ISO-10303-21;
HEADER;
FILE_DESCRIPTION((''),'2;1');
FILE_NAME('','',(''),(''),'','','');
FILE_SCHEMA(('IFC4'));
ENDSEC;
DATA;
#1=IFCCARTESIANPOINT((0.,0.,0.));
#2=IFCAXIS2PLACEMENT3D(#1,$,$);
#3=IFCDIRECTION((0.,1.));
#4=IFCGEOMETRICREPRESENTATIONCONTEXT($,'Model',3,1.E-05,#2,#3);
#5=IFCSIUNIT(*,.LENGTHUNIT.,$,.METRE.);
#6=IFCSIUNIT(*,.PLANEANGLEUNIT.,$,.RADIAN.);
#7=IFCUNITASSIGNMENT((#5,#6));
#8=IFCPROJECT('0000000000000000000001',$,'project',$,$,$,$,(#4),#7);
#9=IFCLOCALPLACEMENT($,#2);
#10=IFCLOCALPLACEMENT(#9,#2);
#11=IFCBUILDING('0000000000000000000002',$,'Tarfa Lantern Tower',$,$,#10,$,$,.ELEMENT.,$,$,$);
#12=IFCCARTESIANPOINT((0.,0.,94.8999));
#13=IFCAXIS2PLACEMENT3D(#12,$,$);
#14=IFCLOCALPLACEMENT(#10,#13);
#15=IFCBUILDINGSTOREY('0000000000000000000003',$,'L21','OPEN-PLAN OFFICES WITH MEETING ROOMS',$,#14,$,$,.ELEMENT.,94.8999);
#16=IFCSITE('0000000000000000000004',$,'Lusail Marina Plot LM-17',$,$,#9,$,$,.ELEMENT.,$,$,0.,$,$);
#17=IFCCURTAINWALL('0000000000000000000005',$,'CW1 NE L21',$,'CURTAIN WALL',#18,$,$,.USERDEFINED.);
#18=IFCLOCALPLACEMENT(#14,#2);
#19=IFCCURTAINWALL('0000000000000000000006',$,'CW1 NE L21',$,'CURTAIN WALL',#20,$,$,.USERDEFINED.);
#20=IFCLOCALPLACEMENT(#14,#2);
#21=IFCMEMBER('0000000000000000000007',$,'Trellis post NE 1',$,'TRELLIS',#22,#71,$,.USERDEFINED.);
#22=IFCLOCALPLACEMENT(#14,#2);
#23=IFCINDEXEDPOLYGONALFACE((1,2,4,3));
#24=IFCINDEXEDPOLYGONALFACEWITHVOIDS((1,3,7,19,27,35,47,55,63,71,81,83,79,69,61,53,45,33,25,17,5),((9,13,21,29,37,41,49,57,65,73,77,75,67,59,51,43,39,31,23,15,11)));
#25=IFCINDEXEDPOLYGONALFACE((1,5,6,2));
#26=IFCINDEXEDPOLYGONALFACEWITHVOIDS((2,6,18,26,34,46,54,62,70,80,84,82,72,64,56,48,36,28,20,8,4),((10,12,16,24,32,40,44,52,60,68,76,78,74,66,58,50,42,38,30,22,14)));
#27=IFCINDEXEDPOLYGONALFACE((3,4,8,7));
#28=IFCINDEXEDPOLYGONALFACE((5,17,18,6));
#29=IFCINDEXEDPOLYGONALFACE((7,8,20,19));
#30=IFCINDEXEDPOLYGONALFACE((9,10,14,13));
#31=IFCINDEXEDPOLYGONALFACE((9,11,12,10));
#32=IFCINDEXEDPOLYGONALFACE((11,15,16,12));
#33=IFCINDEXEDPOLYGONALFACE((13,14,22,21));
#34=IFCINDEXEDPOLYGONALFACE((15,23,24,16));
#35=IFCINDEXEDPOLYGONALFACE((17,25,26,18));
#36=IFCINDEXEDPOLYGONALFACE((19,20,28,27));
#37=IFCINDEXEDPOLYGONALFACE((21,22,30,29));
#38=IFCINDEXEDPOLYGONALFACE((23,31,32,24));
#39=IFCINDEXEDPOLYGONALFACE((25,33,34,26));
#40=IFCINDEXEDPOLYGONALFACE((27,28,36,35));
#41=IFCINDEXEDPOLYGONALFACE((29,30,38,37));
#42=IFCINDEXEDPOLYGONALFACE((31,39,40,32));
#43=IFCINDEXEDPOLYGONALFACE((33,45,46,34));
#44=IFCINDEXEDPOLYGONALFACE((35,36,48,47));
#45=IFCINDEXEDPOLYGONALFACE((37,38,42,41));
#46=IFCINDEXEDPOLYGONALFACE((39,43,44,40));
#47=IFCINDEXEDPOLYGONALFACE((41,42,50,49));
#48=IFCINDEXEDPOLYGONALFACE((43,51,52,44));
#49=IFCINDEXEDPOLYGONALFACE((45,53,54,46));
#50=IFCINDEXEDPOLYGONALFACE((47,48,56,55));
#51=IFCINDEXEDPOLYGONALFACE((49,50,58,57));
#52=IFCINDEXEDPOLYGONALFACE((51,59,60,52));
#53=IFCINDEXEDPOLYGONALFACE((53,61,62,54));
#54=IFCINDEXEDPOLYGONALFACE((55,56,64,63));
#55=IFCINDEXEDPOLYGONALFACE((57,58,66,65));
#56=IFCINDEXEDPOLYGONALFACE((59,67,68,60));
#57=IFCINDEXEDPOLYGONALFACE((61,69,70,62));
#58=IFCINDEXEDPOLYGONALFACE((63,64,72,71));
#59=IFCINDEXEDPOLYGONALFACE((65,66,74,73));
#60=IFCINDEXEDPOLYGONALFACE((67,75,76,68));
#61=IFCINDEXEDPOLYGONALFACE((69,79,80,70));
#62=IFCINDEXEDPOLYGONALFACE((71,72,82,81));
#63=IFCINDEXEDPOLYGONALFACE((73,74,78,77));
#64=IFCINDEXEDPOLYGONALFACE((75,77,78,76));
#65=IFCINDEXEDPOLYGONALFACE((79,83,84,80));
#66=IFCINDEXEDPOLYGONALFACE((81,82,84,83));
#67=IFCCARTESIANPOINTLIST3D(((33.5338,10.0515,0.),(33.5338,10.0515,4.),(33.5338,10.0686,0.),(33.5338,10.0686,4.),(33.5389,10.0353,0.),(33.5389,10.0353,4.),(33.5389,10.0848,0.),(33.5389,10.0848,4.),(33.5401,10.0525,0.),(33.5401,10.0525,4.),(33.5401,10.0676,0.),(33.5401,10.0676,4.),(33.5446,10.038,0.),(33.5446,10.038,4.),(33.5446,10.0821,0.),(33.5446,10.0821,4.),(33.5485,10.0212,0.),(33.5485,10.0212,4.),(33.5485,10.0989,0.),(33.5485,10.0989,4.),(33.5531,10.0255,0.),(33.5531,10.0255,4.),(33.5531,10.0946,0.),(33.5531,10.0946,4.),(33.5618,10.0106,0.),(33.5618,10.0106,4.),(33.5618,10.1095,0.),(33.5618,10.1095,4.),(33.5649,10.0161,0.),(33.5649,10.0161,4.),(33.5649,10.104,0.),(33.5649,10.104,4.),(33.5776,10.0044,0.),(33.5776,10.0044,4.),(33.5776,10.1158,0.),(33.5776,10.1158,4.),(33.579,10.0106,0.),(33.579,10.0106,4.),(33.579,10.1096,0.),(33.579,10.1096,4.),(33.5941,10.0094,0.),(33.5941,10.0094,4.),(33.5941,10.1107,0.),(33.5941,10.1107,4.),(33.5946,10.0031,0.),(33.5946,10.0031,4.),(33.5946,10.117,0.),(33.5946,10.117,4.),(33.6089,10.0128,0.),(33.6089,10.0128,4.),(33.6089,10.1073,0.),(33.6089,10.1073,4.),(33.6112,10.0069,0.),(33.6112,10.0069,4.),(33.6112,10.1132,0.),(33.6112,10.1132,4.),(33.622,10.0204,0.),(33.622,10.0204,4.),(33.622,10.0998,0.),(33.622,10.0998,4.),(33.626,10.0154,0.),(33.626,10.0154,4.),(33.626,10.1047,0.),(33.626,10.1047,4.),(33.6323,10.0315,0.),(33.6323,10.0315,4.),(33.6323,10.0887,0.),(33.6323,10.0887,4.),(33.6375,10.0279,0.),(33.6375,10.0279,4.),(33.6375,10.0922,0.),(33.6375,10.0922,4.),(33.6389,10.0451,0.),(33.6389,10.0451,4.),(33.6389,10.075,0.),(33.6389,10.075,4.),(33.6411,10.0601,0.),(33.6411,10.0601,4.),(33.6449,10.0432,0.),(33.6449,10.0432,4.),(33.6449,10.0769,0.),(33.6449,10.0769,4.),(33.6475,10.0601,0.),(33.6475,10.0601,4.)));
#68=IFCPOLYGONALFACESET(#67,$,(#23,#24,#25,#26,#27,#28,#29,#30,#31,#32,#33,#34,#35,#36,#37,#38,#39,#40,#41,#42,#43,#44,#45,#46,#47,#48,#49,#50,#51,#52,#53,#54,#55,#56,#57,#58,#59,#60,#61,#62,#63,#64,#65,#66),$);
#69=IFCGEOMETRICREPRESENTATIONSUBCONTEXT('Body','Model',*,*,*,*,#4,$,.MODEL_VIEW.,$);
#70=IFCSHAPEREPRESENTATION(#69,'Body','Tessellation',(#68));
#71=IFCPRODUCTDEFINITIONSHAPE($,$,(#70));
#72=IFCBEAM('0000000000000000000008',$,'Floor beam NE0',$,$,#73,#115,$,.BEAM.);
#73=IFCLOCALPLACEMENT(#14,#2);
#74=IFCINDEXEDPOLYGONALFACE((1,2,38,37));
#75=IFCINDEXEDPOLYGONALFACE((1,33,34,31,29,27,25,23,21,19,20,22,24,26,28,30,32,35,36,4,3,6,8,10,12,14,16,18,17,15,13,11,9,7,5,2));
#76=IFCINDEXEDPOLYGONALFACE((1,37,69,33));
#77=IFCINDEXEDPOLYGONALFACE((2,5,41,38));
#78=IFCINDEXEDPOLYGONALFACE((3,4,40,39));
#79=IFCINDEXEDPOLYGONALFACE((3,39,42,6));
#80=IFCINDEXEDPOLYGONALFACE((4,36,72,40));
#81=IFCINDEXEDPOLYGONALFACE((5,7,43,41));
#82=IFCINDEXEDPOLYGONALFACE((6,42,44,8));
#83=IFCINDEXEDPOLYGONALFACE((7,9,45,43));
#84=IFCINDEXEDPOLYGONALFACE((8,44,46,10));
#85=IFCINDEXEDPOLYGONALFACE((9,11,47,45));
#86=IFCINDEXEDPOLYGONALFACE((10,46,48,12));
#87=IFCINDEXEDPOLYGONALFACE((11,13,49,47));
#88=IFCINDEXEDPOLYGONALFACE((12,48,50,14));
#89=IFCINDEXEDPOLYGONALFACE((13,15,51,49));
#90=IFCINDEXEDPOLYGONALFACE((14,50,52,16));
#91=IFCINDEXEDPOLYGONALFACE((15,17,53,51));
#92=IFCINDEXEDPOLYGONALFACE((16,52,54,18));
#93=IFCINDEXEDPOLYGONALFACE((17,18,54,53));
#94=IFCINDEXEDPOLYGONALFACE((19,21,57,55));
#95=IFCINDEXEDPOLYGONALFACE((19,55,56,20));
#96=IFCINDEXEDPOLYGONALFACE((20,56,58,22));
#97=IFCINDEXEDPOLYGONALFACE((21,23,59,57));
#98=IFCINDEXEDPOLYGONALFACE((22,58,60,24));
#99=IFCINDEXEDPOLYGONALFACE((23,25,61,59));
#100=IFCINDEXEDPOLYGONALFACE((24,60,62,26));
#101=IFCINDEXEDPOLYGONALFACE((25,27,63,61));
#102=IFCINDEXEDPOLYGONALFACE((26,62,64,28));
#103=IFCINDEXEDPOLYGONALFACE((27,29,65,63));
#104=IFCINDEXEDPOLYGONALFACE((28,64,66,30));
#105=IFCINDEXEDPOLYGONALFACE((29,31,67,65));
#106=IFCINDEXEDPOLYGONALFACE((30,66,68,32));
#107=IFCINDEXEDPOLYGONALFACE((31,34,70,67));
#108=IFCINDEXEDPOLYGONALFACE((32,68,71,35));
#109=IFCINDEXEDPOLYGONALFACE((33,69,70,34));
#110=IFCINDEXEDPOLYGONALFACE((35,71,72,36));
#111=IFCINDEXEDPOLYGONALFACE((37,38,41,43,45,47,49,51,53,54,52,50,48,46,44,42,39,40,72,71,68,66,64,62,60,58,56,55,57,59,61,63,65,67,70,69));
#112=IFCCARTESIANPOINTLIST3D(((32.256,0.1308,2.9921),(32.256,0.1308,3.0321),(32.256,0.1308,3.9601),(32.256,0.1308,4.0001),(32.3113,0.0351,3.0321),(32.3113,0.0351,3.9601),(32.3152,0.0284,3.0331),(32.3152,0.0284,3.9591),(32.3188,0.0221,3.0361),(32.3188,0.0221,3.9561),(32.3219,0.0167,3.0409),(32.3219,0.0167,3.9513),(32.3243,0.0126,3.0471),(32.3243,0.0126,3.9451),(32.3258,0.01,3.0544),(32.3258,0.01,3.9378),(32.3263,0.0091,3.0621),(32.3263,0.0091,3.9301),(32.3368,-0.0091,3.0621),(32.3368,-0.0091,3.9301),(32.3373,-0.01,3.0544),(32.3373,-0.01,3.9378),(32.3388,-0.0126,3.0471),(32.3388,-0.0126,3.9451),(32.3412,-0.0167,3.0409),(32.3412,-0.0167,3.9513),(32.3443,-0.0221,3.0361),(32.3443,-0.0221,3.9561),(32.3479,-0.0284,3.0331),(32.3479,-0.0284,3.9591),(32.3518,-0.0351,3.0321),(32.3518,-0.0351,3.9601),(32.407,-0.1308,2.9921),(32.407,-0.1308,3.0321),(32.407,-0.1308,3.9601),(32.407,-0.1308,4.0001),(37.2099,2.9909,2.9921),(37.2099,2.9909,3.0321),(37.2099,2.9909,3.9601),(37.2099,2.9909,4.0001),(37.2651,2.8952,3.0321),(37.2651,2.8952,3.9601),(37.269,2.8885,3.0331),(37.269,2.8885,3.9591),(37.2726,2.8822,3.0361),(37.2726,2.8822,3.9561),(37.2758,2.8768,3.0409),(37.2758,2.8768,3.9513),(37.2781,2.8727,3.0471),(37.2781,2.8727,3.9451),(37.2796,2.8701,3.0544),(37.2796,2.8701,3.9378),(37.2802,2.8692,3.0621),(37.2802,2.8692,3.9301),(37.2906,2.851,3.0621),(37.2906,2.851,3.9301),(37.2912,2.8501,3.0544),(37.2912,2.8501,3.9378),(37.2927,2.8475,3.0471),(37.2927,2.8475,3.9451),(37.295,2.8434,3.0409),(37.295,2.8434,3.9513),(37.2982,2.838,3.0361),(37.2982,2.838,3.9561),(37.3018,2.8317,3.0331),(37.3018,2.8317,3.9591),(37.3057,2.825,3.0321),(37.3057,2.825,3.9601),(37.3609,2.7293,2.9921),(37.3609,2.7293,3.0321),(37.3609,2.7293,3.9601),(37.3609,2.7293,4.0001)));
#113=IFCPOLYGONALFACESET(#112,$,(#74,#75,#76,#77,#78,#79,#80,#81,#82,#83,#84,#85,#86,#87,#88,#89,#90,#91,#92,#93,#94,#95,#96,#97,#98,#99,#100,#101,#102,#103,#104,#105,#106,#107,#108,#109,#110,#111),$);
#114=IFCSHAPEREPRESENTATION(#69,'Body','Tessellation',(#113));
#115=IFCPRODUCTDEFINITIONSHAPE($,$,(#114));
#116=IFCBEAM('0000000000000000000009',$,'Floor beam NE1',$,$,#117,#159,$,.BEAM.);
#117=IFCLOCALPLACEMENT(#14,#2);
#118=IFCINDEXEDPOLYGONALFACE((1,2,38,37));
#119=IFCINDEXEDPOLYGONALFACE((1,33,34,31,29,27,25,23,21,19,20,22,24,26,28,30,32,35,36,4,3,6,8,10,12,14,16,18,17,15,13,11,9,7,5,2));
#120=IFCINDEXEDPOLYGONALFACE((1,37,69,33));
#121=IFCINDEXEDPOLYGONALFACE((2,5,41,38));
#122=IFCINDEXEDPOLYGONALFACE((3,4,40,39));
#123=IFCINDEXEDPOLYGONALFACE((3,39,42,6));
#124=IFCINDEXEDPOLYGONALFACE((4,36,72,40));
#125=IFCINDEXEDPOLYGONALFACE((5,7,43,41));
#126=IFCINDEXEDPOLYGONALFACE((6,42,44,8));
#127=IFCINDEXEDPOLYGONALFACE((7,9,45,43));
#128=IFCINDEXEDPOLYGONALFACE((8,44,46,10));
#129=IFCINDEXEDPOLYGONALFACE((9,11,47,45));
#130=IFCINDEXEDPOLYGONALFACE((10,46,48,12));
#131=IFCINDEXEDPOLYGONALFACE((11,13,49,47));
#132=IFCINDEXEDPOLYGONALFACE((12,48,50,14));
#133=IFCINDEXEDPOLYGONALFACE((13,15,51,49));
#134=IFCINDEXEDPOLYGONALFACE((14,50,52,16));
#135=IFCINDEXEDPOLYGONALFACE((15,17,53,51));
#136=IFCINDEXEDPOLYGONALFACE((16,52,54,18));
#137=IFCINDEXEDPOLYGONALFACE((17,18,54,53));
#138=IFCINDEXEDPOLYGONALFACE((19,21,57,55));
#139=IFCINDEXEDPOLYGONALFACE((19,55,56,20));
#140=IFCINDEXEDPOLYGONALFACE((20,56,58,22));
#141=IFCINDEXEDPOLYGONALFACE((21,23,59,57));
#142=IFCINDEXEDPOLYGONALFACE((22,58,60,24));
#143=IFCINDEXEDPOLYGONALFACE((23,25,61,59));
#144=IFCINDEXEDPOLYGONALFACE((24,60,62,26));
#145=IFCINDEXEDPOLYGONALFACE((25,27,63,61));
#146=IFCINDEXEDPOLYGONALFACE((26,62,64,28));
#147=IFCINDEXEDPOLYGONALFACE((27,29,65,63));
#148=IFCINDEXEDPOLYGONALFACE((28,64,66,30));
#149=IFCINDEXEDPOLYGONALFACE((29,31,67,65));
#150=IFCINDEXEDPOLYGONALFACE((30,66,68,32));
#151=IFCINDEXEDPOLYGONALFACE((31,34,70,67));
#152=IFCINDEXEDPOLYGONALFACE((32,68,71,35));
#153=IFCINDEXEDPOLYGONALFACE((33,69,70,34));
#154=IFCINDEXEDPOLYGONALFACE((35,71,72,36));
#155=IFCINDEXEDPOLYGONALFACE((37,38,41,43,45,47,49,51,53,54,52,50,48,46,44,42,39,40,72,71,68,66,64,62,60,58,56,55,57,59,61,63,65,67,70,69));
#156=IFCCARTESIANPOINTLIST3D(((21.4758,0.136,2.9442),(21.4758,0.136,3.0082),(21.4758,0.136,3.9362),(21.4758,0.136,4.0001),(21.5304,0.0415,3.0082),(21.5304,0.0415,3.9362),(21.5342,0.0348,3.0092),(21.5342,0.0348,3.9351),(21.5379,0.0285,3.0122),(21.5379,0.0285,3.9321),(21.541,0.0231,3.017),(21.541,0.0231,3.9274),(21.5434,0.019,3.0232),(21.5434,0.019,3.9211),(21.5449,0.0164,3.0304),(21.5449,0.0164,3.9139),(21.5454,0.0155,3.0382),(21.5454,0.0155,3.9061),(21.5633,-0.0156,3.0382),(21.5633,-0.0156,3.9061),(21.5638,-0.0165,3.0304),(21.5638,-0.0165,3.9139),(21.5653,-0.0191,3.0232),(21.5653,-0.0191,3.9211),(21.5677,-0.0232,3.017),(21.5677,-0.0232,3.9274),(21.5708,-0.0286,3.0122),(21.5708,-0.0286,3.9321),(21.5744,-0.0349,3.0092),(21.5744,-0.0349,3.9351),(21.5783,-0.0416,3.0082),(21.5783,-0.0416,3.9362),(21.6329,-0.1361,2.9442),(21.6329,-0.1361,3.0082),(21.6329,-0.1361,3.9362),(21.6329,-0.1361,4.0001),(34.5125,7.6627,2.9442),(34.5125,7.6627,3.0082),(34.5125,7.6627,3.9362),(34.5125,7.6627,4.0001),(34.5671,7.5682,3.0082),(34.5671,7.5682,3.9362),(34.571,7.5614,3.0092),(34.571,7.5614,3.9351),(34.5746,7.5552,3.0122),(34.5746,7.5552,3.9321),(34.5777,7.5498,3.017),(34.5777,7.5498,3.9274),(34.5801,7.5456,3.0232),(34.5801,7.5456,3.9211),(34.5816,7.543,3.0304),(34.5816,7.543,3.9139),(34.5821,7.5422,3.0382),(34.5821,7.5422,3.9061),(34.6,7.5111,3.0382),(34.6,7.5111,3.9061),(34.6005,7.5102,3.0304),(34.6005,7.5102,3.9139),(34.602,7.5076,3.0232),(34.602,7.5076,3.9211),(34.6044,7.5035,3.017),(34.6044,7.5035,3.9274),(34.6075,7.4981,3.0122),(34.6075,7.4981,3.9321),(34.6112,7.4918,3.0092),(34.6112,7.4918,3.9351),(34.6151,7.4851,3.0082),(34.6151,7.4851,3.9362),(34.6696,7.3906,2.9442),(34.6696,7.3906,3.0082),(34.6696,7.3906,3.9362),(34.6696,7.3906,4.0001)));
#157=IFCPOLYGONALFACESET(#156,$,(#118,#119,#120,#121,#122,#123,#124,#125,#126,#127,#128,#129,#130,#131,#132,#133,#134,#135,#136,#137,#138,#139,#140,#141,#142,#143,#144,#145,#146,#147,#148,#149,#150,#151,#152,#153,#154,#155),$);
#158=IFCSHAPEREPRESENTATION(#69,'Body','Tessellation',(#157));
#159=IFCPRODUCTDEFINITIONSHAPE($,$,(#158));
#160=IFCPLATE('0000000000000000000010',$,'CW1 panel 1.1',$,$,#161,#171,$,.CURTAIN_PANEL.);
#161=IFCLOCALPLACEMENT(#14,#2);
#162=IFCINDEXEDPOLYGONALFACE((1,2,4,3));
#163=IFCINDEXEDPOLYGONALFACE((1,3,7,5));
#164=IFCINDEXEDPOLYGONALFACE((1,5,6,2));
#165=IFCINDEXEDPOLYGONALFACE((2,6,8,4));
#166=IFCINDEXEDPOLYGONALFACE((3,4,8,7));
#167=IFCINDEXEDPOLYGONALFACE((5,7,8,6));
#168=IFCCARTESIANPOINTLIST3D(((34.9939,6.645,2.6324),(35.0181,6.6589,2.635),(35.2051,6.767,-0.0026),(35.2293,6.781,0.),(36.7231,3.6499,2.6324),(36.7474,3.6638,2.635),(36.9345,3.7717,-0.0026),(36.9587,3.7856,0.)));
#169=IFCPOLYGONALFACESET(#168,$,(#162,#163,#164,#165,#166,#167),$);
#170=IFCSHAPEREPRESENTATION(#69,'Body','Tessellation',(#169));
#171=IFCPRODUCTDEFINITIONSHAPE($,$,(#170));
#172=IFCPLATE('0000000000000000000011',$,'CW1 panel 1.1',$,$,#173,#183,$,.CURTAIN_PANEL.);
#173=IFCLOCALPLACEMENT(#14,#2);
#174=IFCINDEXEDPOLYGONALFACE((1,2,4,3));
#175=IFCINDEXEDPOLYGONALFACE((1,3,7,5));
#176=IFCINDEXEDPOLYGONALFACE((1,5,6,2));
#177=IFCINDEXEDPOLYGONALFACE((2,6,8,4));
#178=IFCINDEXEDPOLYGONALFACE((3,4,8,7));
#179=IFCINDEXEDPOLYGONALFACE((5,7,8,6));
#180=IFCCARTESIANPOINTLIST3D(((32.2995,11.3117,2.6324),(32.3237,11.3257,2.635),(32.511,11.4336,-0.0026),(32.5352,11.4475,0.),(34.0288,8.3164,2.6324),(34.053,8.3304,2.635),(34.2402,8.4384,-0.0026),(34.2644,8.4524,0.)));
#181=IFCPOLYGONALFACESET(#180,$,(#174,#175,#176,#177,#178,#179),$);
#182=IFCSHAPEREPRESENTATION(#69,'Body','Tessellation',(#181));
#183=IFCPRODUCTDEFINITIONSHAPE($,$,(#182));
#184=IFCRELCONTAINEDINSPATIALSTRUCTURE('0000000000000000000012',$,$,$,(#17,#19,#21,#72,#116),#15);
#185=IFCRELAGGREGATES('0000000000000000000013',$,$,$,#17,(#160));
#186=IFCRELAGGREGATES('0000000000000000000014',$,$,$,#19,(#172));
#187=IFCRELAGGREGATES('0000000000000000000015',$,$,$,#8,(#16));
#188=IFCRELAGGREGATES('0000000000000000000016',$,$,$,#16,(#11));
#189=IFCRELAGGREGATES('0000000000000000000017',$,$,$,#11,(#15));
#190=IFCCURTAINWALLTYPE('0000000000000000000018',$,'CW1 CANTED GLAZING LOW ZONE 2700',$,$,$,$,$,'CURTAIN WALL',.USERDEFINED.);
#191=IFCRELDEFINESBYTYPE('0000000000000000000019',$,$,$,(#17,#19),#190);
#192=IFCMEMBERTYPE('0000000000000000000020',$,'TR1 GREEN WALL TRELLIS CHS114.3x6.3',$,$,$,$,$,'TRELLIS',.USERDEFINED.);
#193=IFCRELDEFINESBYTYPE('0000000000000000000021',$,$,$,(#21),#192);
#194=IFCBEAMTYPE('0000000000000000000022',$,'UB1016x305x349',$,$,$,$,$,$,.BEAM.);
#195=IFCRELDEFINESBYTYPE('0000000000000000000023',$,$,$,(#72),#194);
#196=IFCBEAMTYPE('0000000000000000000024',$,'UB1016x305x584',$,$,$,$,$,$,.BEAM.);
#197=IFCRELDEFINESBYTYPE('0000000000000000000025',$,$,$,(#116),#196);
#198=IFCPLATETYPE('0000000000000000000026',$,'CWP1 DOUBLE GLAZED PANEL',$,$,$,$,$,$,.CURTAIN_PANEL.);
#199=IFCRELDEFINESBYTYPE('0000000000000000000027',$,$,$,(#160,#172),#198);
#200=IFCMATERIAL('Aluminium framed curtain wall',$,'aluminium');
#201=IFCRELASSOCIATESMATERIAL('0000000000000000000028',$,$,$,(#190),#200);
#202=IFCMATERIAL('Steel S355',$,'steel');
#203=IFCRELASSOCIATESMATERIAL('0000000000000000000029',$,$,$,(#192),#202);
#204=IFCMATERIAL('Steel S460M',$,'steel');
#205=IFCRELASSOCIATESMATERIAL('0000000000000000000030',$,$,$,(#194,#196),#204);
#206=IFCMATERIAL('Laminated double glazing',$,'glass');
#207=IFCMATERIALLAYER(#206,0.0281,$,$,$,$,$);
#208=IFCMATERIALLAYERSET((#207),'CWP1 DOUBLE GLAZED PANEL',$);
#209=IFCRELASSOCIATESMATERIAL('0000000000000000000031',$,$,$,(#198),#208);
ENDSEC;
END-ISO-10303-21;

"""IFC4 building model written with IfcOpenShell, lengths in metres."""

from ifc_helpers import new_model, si_unit, direction, frame, origin, origin_2d, place, context, subcontext, project, spatial, polyline, hollow_circle, i_section, outline, extrude, material, layer, layer_set, material_profile, profile_set, type_object, element, aggregate, save


model = new_model("IFC4")

# Units and contexts
model_context = context("Model", 3, precision=1e-05, world=origin(), true_north=direction((0.0, 1.0)))
body_context = subcontext(model_context, "Body", "Model", "MODEL_VIEW")
ifc_project = project(units=[si_unit("LENGTHUNIT", "METRE"), si_unit("PLANEANGLEUNIT", "RADIAN")], contexts=[model_context])

# Site, building, storey
site_placement = place(None, origin())
site = spatial("IfcSite", under=ifc_project, at=site_placement, Name="Lusail Marina Plot LM-17", CompositionType="ELEMENT", RefElevation=0.0)
building_placement = place(site_placement, origin())
building = spatial("IfcBuilding", under=site, at=building_placement, Name="Tarfa Lantern Tower", CompositionType="ELEMENT")
storey_placement = place(building_placement, frame((0.0, 0.0, 94.8999)))
storey = spatial("IfcBuildingStorey", under=building, at=storey_placement, Name="L21", Description="OPEN-PLAN OFFICES WITH MEETING ROOMS", CompositionType="ELEMENT", Elevation=94.8999)

# Curtain walls
ifc_material_1 = material(Name="Aluminium framed curtain wall", Category="aluminium")
curtain_wall_type = type_object("IfcCurtainWallType", Name="CW1 CANTED GLAZING LOW ZONE 2700", ElementType="CURTAIN WALL", PredefinedType="USERDEFINED", material=ifc_material_1)
curtain_wall_1_placement = place(storey_placement, origin())
curtain_wall_1 = element("IfcCurtainWall", 1, at=curtain_wall_1_placement, inside=storey, type_object=curtain_wall_type, Name="CW1 NE L21", ObjectType="CURTAIN WALL", PredefinedType="USERDEFINED")
curtain_wall_2_placement = place(storey_placement, origin())
curtain_wall_2 = element("IfcCurtainWall", 2, at=curtain_wall_2_placement, inside=storey, type_object=curtain_wall_type, Name="CW1 NE L21", ObjectType="CURTAIN WALL", PredefinedType="USERDEFINED")

# Member
ifc_material_2 = material(Name="Steel S355", Category="steel")
ifc_material_profile_1 = material_profile(ifc_material_2, hollow_circle(Radius=0.0571, WallThickness=0.0063, at=origin_2d()), Name="CHS114.3x6.3")
ifc_profile_set_1 = profile_set([ifc_material_profile_1], Name="Steel S355")
member_type_1 = type_object("IfcMemberType", Name="TR1 GREEN WALL TRELLIS CHS114.3x6.3", ElementType="TRELLIS", PredefinedType="USERDEFINED", material=ifc_profile_set_1)
member_1_placement = place(storey_placement, frame((33.5903, 10.0601, 0.0), z_axis=(0.0, 0.0, 1.0), x_axis=(1.0, 0.0, 0.0)))
element("IfcMember", 3, at=member_1_placement, inside=storey, type_object=member_type_1, Name="Trellis post NE 1", ObjectType="TRELLIS", PredefinedType="USERDEFINED", context=body_context, shape_type="SweptSolid", body=[
    extrude(hollow_circle(Radius=0.0571, WallThickness=0.0063, at=origin_2d()), origin(), (0.0, 0.0, 1.0), 4.0),
])

# Beams
ifc_material_3 = material(Name="Steel S460M", Category="steel")
ifc_material_profile_2 = material_profile(ifc_material_3, i_section(OverallWidth=0.302, OverallDepth=1.0081, WebThickness=0.021, FlangeThickness=0.04, FilletRadius=0.03, at=origin_2d()), Name="UB1016x305x349")
ifc_profile_set_2 = profile_set([ifc_material_profile_2], Name="Steel S460M")
beam_type_1 = type_object("IfcBeamType", Name="UB1016x305x349", PredefinedType="BEAM", material=ifc_profile_set_2)
beam_1_placement = place(storey_placement, frame((37.2854, 2.8601, 3.4961), z_axis=(-0.866026, -0.5, 0.0), x_axis=(0.5, -0.866026, 0.0)))
element("IfcBeam", 4, at=beam_1_placement, inside=storey, type_object=beam_type_1, Name="Floor beam NE0", PredefinedType="BEAM", context=body_context, shape_type="SweptSolid", body=[
    extrude(i_section(OverallWidth=0.302, OverallDepth=1.0081, WebThickness=0.021, FlangeThickness=0.04, FilletRadius=0.03, at=origin_2d()), origin(), (0.0, 0.0, 1.0), 5.7202),
])
ifc_material_profile_3 = material_profile(ifc_material_3, i_section(OverallWidth=0.3142, OverallDepth=1.0559, WebThickness=0.0359, FlangeThickness=0.064, FilletRadius=0.03, at=origin_2d()), Name="UB1016x305x584")
ifc_profile_set_3 = profile_set([ifc_material_profile_3], Name="Steel S460M")
beam_type_2 = type_object("IfcBeamType", Name="UB1016x305x584", PredefinedType="BEAM", material=ifc_profile_set_3)
beam_2_placement = place(storey_placement, frame((34.5911, 7.5266, 3.4722), z_axis=(-0.866028, -0.499996, 0.0), x_axis=(0.499996, -0.866028, 0.0)))
element("IfcBeam", 5, at=beam_2_placement, inside=storey, type_object=beam_type_2, Name="Floor beam NE1", PredefinedType="BEAM", context=body_context, shape_type="SweptSolid", body=[
    extrude(i_section(OverallWidth=0.3142, OverallDepth=1.0559, WebThickness=0.0359, FlangeThickness=0.064, FilletRadius=0.03, at=origin_2d()), origin(), (0.0, 0.0, 1.0), 15.0535),
])

# Plates
ifc_material_4 = material(Name="Laminated double glazing", Category="glass")
ifc_layer_1 = layer(ifc_material_4, 0.0281)
ifc_layer_set_1 = layer_set([ifc_layer_1], Name="CWP1 DOUBLE GLAZED PANEL")
plate_type = type_object("IfcPlateType", Name="CWP1 DOUBLE GLAZED PANEL", PredefinedType="CURTAIN_PANEL", material=ifc_layer_set_1)
plate_1_placement = place(storey_placement, frame((36.9587, 3.7856, 0.0), z_axis=(0.862329, 0.497885, 0.092193), x_axis=(-0.500015, 0.866017, 0.000001)))
plate_1 = element("IfcPlate", 6, at=plate_1_placement, type_object=plate_type, Name="CW1 panel 1.1", PredefinedType="CURTAIN_PANEL", context=body_context, shape_type="SweptSolid", body=[
    extrude(outline(polyline([(0.0, 0.0), (3.4588, 0.0), (3.4587, 2.6463), (0.0002, 2.6463), (0.0, 0.0)])), origin(), (0.0, 0.0, -1.0), 0.0281),
])
aggregate(curtain_wall_1, [plate_1])
plate_2_placement = place(storey_placement, frame((34.2644, 8.4524, 0.0), z_axis=(0.862341, 0.497857, 0.092233), x_axis=(-0.499988, 0.866032, 0.000002)))
plate_2 = element("IfcPlate", 7, at=plate_2_placement, type_object=plate_type, Name="CW1 panel 1.1", PredefinedType="CURTAIN_PANEL", context=body_context, shape_type="SweptSolid", body=[
    extrude(outline(polyline([(0.0, 0.0), (3.4585, 0.0), (3.4587, 2.6463), (0.0, 2.6463), (0.0, 0.0)])), origin(), (0.0, 0.0, -1.0), 0.0281),
])
aggregate(curtain_wall_2, [plate_2])

save(model, "model.ifc")
